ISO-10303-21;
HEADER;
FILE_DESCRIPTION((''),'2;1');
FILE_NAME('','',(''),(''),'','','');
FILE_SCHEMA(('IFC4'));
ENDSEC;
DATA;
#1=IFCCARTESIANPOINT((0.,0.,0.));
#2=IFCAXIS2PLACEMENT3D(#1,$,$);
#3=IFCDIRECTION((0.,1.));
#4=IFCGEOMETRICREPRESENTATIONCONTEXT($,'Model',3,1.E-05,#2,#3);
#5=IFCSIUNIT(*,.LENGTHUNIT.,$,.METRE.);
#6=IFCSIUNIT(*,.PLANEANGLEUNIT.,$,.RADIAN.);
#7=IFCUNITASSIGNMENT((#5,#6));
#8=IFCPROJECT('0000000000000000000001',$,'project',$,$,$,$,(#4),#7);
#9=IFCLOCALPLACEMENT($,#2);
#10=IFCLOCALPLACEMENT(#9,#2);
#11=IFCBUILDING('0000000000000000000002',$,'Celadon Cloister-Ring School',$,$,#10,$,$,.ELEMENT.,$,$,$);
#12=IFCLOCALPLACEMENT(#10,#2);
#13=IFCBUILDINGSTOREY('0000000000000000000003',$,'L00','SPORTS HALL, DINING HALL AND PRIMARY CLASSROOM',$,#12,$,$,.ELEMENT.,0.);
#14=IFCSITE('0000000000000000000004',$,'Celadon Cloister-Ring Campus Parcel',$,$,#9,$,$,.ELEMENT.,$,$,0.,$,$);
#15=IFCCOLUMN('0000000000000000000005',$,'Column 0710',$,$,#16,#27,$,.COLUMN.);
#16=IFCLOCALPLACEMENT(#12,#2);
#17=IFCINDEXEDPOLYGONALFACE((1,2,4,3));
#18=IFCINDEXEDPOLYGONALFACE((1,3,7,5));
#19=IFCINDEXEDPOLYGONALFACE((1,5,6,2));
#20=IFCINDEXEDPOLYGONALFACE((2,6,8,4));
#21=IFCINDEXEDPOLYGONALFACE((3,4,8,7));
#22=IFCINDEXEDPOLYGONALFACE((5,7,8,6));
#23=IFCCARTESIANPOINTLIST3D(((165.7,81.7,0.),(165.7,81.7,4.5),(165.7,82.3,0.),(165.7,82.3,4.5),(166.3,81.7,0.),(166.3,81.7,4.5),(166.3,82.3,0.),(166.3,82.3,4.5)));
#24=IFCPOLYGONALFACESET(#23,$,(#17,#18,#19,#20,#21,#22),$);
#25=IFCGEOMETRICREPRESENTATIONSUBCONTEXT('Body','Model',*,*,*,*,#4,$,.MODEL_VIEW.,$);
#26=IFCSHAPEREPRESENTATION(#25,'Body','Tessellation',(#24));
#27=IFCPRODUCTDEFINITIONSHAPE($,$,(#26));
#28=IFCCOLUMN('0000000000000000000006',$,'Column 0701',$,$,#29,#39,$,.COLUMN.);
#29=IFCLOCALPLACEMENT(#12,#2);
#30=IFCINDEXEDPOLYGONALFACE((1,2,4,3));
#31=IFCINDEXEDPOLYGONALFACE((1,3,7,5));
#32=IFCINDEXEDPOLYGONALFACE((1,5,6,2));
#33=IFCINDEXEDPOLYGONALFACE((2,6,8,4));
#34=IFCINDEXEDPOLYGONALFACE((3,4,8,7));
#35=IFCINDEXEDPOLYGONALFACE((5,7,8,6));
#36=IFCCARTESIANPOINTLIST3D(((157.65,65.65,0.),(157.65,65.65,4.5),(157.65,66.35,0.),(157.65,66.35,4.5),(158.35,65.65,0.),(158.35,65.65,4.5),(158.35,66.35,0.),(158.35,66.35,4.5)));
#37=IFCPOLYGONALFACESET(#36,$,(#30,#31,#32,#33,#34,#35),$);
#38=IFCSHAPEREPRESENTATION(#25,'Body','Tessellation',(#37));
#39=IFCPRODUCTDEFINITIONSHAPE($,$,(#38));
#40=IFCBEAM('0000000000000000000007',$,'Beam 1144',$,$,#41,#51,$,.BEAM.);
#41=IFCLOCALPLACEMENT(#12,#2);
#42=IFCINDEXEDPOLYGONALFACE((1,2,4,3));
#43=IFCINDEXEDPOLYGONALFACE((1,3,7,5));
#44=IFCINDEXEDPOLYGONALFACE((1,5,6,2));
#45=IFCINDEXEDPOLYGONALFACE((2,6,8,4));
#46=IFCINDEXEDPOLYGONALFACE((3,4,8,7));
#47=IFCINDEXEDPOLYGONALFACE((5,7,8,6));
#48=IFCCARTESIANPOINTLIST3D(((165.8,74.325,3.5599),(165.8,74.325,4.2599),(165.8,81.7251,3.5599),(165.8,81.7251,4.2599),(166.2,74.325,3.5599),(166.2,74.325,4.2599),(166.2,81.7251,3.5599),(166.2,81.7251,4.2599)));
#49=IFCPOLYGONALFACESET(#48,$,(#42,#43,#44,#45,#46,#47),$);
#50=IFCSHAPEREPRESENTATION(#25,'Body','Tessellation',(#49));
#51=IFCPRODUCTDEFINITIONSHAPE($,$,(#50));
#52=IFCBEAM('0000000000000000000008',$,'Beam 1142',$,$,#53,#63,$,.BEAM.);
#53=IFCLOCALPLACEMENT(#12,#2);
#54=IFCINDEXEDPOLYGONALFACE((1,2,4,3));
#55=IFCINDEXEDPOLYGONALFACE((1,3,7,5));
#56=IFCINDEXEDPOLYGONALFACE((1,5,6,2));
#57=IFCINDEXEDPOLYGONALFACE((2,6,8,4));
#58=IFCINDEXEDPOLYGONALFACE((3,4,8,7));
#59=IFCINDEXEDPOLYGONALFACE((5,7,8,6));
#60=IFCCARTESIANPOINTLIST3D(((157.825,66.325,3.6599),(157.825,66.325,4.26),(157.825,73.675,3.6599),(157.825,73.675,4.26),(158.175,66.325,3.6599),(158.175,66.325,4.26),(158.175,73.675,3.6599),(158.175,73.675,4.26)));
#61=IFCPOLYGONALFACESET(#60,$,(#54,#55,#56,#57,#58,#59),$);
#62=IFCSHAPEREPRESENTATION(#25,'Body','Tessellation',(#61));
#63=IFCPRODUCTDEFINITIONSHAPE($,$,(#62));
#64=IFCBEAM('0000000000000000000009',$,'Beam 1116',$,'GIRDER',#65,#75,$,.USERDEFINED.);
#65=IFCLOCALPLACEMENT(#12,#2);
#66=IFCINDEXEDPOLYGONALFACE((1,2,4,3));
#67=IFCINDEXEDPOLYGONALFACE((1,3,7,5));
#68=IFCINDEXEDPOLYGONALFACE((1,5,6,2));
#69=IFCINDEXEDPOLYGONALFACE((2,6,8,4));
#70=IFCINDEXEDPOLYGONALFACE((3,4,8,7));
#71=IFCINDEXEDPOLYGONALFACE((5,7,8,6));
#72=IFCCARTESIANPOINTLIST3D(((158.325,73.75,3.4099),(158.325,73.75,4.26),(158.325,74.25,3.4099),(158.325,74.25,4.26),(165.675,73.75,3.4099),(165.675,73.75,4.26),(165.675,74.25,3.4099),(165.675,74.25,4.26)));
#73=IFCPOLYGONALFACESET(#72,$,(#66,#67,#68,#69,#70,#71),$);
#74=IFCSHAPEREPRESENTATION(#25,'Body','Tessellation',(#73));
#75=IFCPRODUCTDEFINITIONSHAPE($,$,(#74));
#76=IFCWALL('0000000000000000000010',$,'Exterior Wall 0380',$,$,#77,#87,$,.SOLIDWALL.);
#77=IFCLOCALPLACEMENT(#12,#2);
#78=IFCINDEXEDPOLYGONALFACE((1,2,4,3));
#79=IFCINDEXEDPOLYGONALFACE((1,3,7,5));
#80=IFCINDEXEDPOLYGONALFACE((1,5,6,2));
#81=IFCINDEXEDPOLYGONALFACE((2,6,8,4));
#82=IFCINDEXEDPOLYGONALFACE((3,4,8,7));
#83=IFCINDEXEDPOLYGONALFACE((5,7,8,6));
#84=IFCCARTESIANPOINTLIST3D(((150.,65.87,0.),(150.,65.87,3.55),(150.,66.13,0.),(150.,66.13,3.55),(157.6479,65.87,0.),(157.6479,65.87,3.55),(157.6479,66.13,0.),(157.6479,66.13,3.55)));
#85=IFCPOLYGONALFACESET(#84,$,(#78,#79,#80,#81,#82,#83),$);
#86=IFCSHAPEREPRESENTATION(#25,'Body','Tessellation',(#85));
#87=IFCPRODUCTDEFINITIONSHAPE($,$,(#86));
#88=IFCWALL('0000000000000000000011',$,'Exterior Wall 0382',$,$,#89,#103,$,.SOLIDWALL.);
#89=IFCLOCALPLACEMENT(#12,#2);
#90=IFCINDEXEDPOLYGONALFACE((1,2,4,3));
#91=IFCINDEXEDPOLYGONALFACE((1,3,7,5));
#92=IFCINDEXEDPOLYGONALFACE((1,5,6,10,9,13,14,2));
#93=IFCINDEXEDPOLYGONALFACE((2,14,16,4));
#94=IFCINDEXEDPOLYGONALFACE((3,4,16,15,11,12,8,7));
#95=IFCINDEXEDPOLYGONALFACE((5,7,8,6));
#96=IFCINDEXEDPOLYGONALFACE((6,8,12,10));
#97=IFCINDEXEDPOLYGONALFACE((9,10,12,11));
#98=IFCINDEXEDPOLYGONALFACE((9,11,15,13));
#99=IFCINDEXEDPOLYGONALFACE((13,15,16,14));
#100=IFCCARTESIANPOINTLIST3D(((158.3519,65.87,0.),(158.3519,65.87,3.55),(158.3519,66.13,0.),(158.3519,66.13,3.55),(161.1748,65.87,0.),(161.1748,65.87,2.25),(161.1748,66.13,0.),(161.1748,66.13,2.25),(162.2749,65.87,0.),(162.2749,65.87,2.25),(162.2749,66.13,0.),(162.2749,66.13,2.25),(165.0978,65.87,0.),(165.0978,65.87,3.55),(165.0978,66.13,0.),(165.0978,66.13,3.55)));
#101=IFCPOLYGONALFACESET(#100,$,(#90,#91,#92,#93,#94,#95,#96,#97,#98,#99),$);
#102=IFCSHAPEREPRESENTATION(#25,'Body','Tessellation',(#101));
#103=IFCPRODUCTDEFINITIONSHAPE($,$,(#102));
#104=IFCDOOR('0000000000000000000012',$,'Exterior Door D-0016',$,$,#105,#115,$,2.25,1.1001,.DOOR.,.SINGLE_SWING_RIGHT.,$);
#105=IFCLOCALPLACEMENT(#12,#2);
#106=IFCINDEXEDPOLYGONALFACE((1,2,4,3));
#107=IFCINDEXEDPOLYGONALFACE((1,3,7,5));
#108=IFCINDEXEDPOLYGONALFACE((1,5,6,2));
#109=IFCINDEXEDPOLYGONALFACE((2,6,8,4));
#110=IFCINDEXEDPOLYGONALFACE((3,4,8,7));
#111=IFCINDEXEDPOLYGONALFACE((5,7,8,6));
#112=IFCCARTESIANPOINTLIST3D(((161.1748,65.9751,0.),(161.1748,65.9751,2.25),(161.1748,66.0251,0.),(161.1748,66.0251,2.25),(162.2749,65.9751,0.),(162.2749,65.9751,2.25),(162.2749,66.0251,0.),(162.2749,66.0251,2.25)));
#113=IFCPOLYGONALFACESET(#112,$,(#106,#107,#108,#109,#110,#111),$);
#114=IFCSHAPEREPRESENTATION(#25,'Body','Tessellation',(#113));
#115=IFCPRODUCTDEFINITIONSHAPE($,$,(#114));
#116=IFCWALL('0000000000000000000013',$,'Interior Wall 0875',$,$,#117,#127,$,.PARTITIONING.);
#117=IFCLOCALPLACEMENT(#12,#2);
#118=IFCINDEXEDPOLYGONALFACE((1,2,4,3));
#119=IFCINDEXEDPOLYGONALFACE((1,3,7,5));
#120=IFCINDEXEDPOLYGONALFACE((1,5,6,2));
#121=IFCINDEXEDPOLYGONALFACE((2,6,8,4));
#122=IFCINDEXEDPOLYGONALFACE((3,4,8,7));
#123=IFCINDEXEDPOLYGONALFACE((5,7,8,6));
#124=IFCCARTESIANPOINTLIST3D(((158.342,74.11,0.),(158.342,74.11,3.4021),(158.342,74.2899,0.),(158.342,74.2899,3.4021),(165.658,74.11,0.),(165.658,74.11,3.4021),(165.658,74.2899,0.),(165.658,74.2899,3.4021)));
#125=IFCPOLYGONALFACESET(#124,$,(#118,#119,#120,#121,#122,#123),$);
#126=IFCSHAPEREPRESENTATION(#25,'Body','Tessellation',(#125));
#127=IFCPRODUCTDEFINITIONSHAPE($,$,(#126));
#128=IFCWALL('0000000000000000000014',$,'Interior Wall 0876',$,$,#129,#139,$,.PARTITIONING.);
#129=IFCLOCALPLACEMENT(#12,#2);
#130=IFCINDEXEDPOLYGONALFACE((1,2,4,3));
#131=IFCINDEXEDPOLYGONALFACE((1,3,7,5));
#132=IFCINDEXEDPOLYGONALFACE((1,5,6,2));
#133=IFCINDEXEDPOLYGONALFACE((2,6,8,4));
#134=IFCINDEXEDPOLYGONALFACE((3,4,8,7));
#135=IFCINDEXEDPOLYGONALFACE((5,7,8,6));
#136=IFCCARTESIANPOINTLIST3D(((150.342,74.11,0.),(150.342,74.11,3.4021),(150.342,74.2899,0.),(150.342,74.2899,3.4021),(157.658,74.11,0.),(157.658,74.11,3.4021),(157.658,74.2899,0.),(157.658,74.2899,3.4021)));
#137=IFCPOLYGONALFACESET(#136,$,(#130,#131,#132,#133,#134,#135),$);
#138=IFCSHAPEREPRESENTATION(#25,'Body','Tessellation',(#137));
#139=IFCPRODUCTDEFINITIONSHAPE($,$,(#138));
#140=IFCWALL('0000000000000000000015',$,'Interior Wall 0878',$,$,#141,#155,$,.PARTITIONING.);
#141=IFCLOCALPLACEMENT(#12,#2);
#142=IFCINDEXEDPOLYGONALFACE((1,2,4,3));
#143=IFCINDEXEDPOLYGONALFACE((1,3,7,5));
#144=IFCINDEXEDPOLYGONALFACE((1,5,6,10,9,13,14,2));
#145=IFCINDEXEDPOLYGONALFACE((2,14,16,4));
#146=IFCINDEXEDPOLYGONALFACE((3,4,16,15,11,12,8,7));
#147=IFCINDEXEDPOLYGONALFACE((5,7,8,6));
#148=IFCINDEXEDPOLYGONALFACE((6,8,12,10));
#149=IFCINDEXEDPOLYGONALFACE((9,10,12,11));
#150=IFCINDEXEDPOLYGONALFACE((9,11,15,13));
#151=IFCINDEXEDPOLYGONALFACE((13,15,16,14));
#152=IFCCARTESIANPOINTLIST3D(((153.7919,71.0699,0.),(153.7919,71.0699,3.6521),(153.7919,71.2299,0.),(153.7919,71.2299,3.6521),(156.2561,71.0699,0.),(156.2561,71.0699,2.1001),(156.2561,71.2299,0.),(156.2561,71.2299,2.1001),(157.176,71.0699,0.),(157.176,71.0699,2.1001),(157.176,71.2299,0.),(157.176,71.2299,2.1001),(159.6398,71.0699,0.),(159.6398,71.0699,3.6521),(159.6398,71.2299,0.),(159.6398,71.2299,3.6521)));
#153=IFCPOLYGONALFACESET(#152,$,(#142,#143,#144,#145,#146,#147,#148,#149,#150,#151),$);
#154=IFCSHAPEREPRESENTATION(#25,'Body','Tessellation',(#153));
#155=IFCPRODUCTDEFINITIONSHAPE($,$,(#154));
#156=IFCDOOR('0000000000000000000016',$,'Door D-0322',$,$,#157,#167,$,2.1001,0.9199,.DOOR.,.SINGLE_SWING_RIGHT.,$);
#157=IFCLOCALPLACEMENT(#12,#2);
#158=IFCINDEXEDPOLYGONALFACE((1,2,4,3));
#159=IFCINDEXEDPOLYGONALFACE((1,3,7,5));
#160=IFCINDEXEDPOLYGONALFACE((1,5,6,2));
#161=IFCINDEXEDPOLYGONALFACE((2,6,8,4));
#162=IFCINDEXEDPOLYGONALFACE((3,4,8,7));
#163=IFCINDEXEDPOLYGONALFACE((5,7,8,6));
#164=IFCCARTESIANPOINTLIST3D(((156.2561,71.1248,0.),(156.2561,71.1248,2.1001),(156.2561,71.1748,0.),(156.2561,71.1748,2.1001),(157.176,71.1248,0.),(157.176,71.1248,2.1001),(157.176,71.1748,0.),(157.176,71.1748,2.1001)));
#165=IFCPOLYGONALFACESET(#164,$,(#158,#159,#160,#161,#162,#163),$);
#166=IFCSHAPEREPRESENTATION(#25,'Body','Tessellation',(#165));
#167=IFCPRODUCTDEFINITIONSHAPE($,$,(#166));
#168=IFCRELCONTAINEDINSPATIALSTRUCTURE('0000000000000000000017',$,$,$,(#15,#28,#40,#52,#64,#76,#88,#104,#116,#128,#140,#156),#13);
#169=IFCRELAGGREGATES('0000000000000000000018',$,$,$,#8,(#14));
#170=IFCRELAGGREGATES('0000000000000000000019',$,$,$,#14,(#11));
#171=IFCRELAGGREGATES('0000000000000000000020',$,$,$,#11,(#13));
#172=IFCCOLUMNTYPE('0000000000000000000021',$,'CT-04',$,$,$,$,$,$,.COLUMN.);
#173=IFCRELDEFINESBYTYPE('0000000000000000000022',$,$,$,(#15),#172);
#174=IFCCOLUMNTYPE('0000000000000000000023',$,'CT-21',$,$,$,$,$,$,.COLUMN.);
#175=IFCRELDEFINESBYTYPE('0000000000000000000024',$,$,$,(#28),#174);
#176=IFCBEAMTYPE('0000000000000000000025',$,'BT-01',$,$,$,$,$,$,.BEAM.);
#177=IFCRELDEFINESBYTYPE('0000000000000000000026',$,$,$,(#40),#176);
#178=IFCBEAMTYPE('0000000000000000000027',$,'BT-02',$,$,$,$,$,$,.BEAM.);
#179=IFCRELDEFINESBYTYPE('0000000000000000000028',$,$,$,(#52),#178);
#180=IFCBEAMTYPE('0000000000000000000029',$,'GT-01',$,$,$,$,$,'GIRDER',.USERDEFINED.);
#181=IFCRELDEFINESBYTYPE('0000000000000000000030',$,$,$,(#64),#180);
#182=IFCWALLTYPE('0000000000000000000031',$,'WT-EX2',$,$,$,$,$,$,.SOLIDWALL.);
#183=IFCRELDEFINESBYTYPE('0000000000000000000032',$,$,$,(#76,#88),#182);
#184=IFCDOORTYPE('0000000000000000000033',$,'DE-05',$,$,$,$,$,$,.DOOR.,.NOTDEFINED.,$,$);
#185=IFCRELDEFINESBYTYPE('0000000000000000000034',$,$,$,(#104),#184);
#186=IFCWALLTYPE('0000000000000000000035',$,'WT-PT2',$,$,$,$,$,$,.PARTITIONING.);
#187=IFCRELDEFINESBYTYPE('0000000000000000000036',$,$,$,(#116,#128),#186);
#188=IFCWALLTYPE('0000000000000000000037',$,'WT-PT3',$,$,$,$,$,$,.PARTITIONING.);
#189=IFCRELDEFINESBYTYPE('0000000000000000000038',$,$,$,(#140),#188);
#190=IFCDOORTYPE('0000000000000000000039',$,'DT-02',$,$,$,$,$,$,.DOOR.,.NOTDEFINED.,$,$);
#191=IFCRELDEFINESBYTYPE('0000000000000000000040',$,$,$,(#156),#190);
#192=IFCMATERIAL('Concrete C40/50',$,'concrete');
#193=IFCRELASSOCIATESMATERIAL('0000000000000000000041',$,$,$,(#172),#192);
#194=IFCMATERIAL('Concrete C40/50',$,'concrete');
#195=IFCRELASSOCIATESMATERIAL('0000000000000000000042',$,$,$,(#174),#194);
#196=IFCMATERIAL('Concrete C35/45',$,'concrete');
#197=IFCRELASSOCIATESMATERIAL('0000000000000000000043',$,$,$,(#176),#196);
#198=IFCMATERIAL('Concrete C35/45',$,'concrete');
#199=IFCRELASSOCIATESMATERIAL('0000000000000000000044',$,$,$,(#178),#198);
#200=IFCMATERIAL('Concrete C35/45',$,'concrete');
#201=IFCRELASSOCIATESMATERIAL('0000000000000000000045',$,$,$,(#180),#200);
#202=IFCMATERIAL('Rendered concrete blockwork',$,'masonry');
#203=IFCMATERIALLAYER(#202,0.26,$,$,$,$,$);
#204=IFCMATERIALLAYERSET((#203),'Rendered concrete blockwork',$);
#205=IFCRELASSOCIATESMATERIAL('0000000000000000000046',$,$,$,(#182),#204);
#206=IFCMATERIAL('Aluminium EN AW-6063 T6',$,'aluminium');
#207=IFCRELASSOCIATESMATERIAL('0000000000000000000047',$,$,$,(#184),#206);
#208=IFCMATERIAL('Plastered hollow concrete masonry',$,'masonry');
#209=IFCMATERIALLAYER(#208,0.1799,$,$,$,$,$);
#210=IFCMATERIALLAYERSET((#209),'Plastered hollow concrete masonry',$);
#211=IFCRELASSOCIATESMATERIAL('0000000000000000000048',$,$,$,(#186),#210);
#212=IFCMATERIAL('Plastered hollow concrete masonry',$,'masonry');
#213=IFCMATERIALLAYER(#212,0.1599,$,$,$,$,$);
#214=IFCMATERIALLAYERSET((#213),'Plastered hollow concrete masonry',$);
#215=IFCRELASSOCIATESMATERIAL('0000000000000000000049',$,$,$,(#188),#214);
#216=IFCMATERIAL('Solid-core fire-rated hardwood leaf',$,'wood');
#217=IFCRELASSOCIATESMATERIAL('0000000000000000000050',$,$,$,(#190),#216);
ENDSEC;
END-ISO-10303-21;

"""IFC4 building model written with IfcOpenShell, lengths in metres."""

from ifc_helpers import new_model, si_unit, direction, frame, frame_2d, origin, origin_2d, place, context, subcontext, project, spatial, rectangle, extrude, material, layer, layer_set, material_profile, profile_set, type_object, element, fill, save


model = new_model("IFC4")

# Units and contexts
model_context = context("Model", 3, precision=1e-05, world=origin(), true_north=direction((0.0, 1.0)))
body_context = subcontext(model_context, "Body", "Model", "MODEL_VIEW")
ifc_project = project(units=[si_unit("LENGTHUNIT", "METRE"), si_unit("PLANEANGLEUNIT", "RADIAN")], contexts=[model_context])

# Site, building, storey
site_placement = place(None, origin())
site = spatial("IfcSite", under=ifc_project, at=site_placement, Name="Celadon Cloister-Ring Campus Parcel", CompositionType="ELEMENT", RefElevation=0.0)
building_placement = place(site_placement, origin())
building = spatial("IfcBuilding", under=site, at=building_placement, Name="Celadon Cloister-Ring School", CompositionType="ELEMENT")
storey_placement = place(building_placement, origin())
storey = spatial("IfcBuildingStorey", under=building, at=storey_placement, Name="L00", Description="SPORTS HALL, DINING HALL AND PRIMARY CLASSROOM", CompositionType="ELEMENT", Elevation=0.0)

# Columns
ifc_material_1 = material(Name="Concrete C40/50", Category="concrete")
ifc_material_profile_1 = material_profile(ifc_material_1, rectangle(XDim=0.6001, YDim=0.6001, at=origin_2d()), Name="RC600X600")
ifc_profile_set_1 = profile_set([ifc_material_profile_1], Name="Concrete C40/50")
column_type_1 = type_object("IfcColumnType", Name="CT-04", PredefinedType="COLUMN", material=ifc_profile_set_1)
for number, where, z_axis, x_axis, name in (
    (1, (166.0, 82.0, 0.0), (0.0, 0.0, 1.0), (1.0, 0.0, 0.0), "Column 0710"),
):
    element("IfcColumn", number, at=place(storey_placement, frame(where, z_axis=z_axis, x_axis=x_axis)), inside=storey, type_object=column_type_1, Name=name, PredefinedType="COLUMN", context=body_context, shape_type="SweptSolid", body=[
        extrude(rectangle(XDim=0.6001, YDim=0.6001, at=origin_2d()), origin(), (0.0, 0.0, 1.0), 4.5),
    ])
ifc_material_2 = material(Name="Concrete C40/50", Category="concrete")
ifc_material_profile_2 = material_profile(ifc_material_2, rectangle(XDim=0.7, YDim=0.7, at=origin_2d()), Name="RC700X700")
ifc_profile_set_2 = profile_set([ifc_material_profile_2], Name="Concrete C40/50")
column_type_2 = type_object("IfcColumnType", Name="CT-21", PredefinedType="COLUMN", material=ifc_profile_set_2)
column_placement = place(storey_placement, frame((158.0, 66.0, 0.0), z_axis=(0.0, 0.0, 1.0), x_axis=(1.0, 0.0, 0.0)))
element("IfcColumn", 2, at=column_placement, inside=storey, type_object=column_type_2, Name="Column 0701", PredefinedType="COLUMN", context=body_context, shape_type="SweptSolid", body=[
    extrude(rectangle(XDim=0.7, YDim=0.7, at=origin_2d()), origin(), (0.0, 0.0, 1.0), 4.5),
])

# Beams
ifc_material_3 = material(Name="Concrete C35/45", Category="concrete")
ifc_material_profile_3 = material_profile(ifc_material_3, rectangle(XDim=0.3999, YDim=0.7, at=origin_2d()), Name="RC400X700")
ifc_profile_set_3 = profile_set([ifc_material_profile_3], Name="Concrete C35/45")
beam_type_1 = type_object("IfcBeamType", Name="BT-01", PredefinedType="BEAM", material=ifc_profile_set_3)
beam_1_placement = place(storey_placement, frame((166.0, 74.325, 3.9099), z_axis=(0.0, 1.0, 0.0), x_axis=(-1.0, 0.0, 0.0)))
element("IfcBeam", 3, at=beam_1_placement, inside=storey, type_object=beam_type_1, Name="Beam 1144", PredefinedType="BEAM", context=body_context, shape_type="SweptSolid", body=[
    extrude(rectangle(XDim=0.3999, YDim=0.7, at=origin_2d()), origin(), (0.0, 0.0, 1.0), 7.4001),
])
ifc_material_4 = material(Name="Concrete C35/45", Category="concrete")
ifc_material_profile_4 = material_profile(ifc_material_4, rectangle(XDim=0.3501, YDim=0.6001, at=origin_2d()), Name="RC350X600")
ifc_profile_set_4 = profile_set([ifc_material_profile_4], Name="Concrete C35/45")
beam_type_2 = type_object("IfcBeamType", Name="BT-02", PredefinedType="BEAM", material=ifc_profile_set_4)
beam_2_placement = place(storey_placement, frame((158.0, 66.325, 3.96), z_axis=(0.0, 1.0, 0.0), x_axis=(-1.0, 0.0, 0.0)))
element("IfcBeam", 4, at=beam_2_placement, inside=storey, type_object=beam_type_2, Name="Beam 1142", PredefinedType="BEAM", context=body_context, shape_type="SweptSolid", body=[
    extrude(rectangle(XDim=0.3501, YDim=0.6001, at=origin_2d()), origin(), (0.0, 0.0, 1.0), 7.3501),
])
ifc_material_5 = material(Name="Concrete C35/45", Category="concrete")
ifc_material_profile_5 = material_profile(ifc_material_5, rectangle(XDim=0.5, YDim=0.8501, at=origin_2d()), Name="RC500X850")
ifc_profile_set_5 = profile_set([ifc_material_profile_5], Name="Concrete C35/45")
beam_type_3 = type_object("IfcBeamType", Name="GT-01", ElementType="GIRDER", PredefinedType="USERDEFINED", material=ifc_profile_set_5)
beam_3_placement = place(storey_placement, frame((158.325, 74.0, 3.835), z_axis=(1.0, 0.0, 0.0), x_axis=(0.0, 1.0, 0.0)))
element("IfcBeam", 5, at=beam_3_placement, inside=storey, type_object=beam_type_3, Name="Beam 1116", ObjectType="GIRDER", PredefinedType="USERDEFINED", context=body_context, shape_type="SweptSolid", body=[
    extrude(rectangle(XDim=0.5, YDim=0.8501, at=origin_2d()), origin(), (0.0, 0.0, 1.0), 7.3501),
])

# Wall
ifc_material_6 = material(Name="Rendered concrete blockwork", Category="masonry")
ifc_layer_1 = layer(ifc_material_6, 0.26)
ifc_layer_set_1 = layer_set([ifc_layer_1], Name="Rendered concrete blockwork")
wall_type_1 = type_object("IfcWallType", Name="WT-EX2", PredefinedType="SOLIDWALL", material=ifc_layer_set_1)
wall_1_placement = place(storey_placement, frame((157.6479, 66.0, 0.0), z_axis=(0.0, 0.0, 1.0), x_axis=(-1.0, 0.0, 0.0)))
element("IfcWall", 6, at=wall_1_placement, inside=storey, type_object=wall_type_1, Name="Exterior Wall 0380", PredefinedType="SOLIDWALL", context=body_context, shape_type="SweptSolid", body=[
    extrude(rectangle(XDim=7.6479, YDim=0.26, at=frame_2d((3.824, 0.0))), origin(), (0.0, 0.0, 1.0), 3.55),
])

# Wall, opening, door
wall_2_placement = place(storey_placement, frame((165.0979, 66.0, 0.0), z_axis=(0.0, 0.0, 1.0), x_axis=(-1.0, 0.0, 0.0)))
wall_2 = element("IfcWall", 7, at=wall_2_placement, inside=storey, type_object=wall_type_1, Name="Exterior Wall 0382", PredefinedType="SOLIDWALL", context=body_context, shape_type="SweptSolid", body=[
    extrude(rectangle(XDim=6.7458, YDim=0.26, at=frame_2d((3.373, 0.0))), origin(), (0.0, 0.0, 1.0), 3.55),
])
opening_1_placement = place(wall_2_placement, frame((2.823, 0.0, 0.0)))
opening_1 = element("IfcOpeningElement", 8, at=opening_1_placement, cuts=wall_2, PredefinedType="OPENING", context=body_context, shape_type="SweptSolid", body=[
    extrude(rectangle(XDim=1.1001, YDim=2.25, at=frame_2d((0.55, 1.125))), frame((0.0, 0.1401, 0.0), z_axis=(0.0, -1.0, 0.0), x_axis=(1.0, 0.0, 0.0)), (0.0, 0.0, 1.0), 0.28),
])
ifc_material_7 = material(Name="Aluminium EN AW-6063 T6", Category="aluminium")
door_type_1 = type_object("IfcDoorType", Name="DE-05", OperationType="NOTDEFINED", PredefinedType="DOOR", material=ifc_material_7)
door_1_placement = place(opening_1_placement, origin())
door_1 = element("IfcDoor", 9, at=door_1_placement, inside=storey, type_object=door_type_1, Name="Exterior Door D-0016", OperationType="SINGLE_SWING_RIGHT", OverallHeight=2.25, OverallWidth=1.1001, PredefinedType="DOOR", context=body_context, shape_type="SweptSolid", body=[
    extrude(rectangle(XDim=1.1001, YDim=2.25, at=frame_2d((0.55, 1.125))), frame((0.0, 0.0249, 0.0), z_axis=(0.0, -1.0, 0.0), x_axis=(1.0, 0.0, 0.0)), (0.0, 0.0, 1.0), 0.05),
])
fill(opening_1, door_1)

# Walls
ifc_material_8 = material(Name="Plastered hollow concrete masonry", Category="masonry")
ifc_layer_2 = layer(ifc_material_8, 0.1799)
ifc_layer_set_2 = layer_set([ifc_layer_2], Name="Plastered hollow concrete masonry")
wall_type_2 = type_object("IfcWallType", Name="WT-PT2", PredefinedType="PARTITIONING", material=ifc_layer_set_2)
for number, where, z_axis, x_axis, name in (
    (10, (165.658, 74.2, 0.0), (0.0, 0.0, 1.0), (-1.0, 0.0, 0.0), "Interior Wall 0875"),
    (11, (157.658, 74.2, 0.0), (0.0, 0.0, 1.0), (-1.0, 0.0, 0.0), "Interior Wall 0876"),
):
    element("IfcWall", number, at=place(storey_placement, frame(where, z_axis=z_axis, x_axis=x_axis)), inside=storey, type_object=wall_type_2, Name=name, PredefinedType="PARTITIONING", context=body_context, shape_type="SweptSolid", body=[
        extrude(rectangle(XDim=7.3159, YDim=0.1799, at=frame_2d((3.658, 0.0))), origin(), (0.0, 0.0, 1.0), 3.4021),
    ])

# Wall, opening, door
ifc_material_9 = material(Name="Plastered hollow concrete masonry", Category="masonry")
ifc_layer_3 = layer(ifc_material_9, 0.1599)
ifc_layer_set_3 = layer_set([ifc_layer_3], Name="Plastered hollow concrete masonry")
wall_type_3 = type_object("IfcWallType", Name="WT-PT3", PredefinedType="PARTITIONING", material=ifc_layer_set_3)
wall_3_placement = place(storey_placement, frame((153.792, 71.1499, 0.0), z_axis=(0.0, 0.0, 1.0), x_axis=(1.0, 0.0, 0.0)))
wall_3 = element("IfcWall", 12, at=wall_3_placement, inside=storey, type_object=wall_type_3, Name="Interior Wall 0878", PredefinedType="PARTITIONING", context=body_context, shape_type="SweptSolid", body=[
    extrude(rectangle(XDim=5.8479, YDim=0.1599, at=frame_2d((2.9238, 0.0))), origin(), (0.0, 0.0, 1.0), 3.6521),
])
opening_2_placement = place(wall_3_placement, frame((2.4641, 0.0, 0.0)))
opening_2 = element("IfcOpeningElement", 13, at=opening_2_placement, cuts=wall_3, PredefinedType="OPENING", context=body_context, shape_type="SweptSolid", body=[
    extrude(rectangle(XDim=0.9199, YDim=2.1001, at=frame_2d((0.46, 1.05))), frame((0.0, 0.0898, 0.0), z_axis=(0.0, -1.0, 0.0), x_axis=(1.0, 0.0, 0.0)), (0.0, 0.0, 1.0), 0.1799),
])
ifc_material_10 = material(Name="Solid-core fire-rated hardwood leaf", Category="wood")
door_type_2 = type_object("IfcDoorType", Name="DT-02", OperationType="NOTDEFINED", PredefinedType="DOOR", material=ifc_material_10)
door_2_placement = place(opening_2_placement, origin())
door_2 = element("IfcDoor", 14, at=door_2_placement, inside=storey, type_object=door_type_2, Name="Door D-0322", OperationType="SINGLE_SWING_RIGHT", OverallHeight=2.1001, OverallWidth=0.9199, PredefinedType="DOOR", context=body_context, shape_type="SweptSolid", body=[
    extrude(rectangle(XDim=0.9199, YDim=2.1001, at=frame_2d((0.46, 1.05))), frame((0.0, 0.0249, 0.0), z_axis=(0.0, -1.0, 0.0), x_axis=(1.0, 0.0, 0.0)), (0.0, 0.0, 1.0), 0.05),
])
fill(opening_2, door_2)

save(model, "model.ifc")
